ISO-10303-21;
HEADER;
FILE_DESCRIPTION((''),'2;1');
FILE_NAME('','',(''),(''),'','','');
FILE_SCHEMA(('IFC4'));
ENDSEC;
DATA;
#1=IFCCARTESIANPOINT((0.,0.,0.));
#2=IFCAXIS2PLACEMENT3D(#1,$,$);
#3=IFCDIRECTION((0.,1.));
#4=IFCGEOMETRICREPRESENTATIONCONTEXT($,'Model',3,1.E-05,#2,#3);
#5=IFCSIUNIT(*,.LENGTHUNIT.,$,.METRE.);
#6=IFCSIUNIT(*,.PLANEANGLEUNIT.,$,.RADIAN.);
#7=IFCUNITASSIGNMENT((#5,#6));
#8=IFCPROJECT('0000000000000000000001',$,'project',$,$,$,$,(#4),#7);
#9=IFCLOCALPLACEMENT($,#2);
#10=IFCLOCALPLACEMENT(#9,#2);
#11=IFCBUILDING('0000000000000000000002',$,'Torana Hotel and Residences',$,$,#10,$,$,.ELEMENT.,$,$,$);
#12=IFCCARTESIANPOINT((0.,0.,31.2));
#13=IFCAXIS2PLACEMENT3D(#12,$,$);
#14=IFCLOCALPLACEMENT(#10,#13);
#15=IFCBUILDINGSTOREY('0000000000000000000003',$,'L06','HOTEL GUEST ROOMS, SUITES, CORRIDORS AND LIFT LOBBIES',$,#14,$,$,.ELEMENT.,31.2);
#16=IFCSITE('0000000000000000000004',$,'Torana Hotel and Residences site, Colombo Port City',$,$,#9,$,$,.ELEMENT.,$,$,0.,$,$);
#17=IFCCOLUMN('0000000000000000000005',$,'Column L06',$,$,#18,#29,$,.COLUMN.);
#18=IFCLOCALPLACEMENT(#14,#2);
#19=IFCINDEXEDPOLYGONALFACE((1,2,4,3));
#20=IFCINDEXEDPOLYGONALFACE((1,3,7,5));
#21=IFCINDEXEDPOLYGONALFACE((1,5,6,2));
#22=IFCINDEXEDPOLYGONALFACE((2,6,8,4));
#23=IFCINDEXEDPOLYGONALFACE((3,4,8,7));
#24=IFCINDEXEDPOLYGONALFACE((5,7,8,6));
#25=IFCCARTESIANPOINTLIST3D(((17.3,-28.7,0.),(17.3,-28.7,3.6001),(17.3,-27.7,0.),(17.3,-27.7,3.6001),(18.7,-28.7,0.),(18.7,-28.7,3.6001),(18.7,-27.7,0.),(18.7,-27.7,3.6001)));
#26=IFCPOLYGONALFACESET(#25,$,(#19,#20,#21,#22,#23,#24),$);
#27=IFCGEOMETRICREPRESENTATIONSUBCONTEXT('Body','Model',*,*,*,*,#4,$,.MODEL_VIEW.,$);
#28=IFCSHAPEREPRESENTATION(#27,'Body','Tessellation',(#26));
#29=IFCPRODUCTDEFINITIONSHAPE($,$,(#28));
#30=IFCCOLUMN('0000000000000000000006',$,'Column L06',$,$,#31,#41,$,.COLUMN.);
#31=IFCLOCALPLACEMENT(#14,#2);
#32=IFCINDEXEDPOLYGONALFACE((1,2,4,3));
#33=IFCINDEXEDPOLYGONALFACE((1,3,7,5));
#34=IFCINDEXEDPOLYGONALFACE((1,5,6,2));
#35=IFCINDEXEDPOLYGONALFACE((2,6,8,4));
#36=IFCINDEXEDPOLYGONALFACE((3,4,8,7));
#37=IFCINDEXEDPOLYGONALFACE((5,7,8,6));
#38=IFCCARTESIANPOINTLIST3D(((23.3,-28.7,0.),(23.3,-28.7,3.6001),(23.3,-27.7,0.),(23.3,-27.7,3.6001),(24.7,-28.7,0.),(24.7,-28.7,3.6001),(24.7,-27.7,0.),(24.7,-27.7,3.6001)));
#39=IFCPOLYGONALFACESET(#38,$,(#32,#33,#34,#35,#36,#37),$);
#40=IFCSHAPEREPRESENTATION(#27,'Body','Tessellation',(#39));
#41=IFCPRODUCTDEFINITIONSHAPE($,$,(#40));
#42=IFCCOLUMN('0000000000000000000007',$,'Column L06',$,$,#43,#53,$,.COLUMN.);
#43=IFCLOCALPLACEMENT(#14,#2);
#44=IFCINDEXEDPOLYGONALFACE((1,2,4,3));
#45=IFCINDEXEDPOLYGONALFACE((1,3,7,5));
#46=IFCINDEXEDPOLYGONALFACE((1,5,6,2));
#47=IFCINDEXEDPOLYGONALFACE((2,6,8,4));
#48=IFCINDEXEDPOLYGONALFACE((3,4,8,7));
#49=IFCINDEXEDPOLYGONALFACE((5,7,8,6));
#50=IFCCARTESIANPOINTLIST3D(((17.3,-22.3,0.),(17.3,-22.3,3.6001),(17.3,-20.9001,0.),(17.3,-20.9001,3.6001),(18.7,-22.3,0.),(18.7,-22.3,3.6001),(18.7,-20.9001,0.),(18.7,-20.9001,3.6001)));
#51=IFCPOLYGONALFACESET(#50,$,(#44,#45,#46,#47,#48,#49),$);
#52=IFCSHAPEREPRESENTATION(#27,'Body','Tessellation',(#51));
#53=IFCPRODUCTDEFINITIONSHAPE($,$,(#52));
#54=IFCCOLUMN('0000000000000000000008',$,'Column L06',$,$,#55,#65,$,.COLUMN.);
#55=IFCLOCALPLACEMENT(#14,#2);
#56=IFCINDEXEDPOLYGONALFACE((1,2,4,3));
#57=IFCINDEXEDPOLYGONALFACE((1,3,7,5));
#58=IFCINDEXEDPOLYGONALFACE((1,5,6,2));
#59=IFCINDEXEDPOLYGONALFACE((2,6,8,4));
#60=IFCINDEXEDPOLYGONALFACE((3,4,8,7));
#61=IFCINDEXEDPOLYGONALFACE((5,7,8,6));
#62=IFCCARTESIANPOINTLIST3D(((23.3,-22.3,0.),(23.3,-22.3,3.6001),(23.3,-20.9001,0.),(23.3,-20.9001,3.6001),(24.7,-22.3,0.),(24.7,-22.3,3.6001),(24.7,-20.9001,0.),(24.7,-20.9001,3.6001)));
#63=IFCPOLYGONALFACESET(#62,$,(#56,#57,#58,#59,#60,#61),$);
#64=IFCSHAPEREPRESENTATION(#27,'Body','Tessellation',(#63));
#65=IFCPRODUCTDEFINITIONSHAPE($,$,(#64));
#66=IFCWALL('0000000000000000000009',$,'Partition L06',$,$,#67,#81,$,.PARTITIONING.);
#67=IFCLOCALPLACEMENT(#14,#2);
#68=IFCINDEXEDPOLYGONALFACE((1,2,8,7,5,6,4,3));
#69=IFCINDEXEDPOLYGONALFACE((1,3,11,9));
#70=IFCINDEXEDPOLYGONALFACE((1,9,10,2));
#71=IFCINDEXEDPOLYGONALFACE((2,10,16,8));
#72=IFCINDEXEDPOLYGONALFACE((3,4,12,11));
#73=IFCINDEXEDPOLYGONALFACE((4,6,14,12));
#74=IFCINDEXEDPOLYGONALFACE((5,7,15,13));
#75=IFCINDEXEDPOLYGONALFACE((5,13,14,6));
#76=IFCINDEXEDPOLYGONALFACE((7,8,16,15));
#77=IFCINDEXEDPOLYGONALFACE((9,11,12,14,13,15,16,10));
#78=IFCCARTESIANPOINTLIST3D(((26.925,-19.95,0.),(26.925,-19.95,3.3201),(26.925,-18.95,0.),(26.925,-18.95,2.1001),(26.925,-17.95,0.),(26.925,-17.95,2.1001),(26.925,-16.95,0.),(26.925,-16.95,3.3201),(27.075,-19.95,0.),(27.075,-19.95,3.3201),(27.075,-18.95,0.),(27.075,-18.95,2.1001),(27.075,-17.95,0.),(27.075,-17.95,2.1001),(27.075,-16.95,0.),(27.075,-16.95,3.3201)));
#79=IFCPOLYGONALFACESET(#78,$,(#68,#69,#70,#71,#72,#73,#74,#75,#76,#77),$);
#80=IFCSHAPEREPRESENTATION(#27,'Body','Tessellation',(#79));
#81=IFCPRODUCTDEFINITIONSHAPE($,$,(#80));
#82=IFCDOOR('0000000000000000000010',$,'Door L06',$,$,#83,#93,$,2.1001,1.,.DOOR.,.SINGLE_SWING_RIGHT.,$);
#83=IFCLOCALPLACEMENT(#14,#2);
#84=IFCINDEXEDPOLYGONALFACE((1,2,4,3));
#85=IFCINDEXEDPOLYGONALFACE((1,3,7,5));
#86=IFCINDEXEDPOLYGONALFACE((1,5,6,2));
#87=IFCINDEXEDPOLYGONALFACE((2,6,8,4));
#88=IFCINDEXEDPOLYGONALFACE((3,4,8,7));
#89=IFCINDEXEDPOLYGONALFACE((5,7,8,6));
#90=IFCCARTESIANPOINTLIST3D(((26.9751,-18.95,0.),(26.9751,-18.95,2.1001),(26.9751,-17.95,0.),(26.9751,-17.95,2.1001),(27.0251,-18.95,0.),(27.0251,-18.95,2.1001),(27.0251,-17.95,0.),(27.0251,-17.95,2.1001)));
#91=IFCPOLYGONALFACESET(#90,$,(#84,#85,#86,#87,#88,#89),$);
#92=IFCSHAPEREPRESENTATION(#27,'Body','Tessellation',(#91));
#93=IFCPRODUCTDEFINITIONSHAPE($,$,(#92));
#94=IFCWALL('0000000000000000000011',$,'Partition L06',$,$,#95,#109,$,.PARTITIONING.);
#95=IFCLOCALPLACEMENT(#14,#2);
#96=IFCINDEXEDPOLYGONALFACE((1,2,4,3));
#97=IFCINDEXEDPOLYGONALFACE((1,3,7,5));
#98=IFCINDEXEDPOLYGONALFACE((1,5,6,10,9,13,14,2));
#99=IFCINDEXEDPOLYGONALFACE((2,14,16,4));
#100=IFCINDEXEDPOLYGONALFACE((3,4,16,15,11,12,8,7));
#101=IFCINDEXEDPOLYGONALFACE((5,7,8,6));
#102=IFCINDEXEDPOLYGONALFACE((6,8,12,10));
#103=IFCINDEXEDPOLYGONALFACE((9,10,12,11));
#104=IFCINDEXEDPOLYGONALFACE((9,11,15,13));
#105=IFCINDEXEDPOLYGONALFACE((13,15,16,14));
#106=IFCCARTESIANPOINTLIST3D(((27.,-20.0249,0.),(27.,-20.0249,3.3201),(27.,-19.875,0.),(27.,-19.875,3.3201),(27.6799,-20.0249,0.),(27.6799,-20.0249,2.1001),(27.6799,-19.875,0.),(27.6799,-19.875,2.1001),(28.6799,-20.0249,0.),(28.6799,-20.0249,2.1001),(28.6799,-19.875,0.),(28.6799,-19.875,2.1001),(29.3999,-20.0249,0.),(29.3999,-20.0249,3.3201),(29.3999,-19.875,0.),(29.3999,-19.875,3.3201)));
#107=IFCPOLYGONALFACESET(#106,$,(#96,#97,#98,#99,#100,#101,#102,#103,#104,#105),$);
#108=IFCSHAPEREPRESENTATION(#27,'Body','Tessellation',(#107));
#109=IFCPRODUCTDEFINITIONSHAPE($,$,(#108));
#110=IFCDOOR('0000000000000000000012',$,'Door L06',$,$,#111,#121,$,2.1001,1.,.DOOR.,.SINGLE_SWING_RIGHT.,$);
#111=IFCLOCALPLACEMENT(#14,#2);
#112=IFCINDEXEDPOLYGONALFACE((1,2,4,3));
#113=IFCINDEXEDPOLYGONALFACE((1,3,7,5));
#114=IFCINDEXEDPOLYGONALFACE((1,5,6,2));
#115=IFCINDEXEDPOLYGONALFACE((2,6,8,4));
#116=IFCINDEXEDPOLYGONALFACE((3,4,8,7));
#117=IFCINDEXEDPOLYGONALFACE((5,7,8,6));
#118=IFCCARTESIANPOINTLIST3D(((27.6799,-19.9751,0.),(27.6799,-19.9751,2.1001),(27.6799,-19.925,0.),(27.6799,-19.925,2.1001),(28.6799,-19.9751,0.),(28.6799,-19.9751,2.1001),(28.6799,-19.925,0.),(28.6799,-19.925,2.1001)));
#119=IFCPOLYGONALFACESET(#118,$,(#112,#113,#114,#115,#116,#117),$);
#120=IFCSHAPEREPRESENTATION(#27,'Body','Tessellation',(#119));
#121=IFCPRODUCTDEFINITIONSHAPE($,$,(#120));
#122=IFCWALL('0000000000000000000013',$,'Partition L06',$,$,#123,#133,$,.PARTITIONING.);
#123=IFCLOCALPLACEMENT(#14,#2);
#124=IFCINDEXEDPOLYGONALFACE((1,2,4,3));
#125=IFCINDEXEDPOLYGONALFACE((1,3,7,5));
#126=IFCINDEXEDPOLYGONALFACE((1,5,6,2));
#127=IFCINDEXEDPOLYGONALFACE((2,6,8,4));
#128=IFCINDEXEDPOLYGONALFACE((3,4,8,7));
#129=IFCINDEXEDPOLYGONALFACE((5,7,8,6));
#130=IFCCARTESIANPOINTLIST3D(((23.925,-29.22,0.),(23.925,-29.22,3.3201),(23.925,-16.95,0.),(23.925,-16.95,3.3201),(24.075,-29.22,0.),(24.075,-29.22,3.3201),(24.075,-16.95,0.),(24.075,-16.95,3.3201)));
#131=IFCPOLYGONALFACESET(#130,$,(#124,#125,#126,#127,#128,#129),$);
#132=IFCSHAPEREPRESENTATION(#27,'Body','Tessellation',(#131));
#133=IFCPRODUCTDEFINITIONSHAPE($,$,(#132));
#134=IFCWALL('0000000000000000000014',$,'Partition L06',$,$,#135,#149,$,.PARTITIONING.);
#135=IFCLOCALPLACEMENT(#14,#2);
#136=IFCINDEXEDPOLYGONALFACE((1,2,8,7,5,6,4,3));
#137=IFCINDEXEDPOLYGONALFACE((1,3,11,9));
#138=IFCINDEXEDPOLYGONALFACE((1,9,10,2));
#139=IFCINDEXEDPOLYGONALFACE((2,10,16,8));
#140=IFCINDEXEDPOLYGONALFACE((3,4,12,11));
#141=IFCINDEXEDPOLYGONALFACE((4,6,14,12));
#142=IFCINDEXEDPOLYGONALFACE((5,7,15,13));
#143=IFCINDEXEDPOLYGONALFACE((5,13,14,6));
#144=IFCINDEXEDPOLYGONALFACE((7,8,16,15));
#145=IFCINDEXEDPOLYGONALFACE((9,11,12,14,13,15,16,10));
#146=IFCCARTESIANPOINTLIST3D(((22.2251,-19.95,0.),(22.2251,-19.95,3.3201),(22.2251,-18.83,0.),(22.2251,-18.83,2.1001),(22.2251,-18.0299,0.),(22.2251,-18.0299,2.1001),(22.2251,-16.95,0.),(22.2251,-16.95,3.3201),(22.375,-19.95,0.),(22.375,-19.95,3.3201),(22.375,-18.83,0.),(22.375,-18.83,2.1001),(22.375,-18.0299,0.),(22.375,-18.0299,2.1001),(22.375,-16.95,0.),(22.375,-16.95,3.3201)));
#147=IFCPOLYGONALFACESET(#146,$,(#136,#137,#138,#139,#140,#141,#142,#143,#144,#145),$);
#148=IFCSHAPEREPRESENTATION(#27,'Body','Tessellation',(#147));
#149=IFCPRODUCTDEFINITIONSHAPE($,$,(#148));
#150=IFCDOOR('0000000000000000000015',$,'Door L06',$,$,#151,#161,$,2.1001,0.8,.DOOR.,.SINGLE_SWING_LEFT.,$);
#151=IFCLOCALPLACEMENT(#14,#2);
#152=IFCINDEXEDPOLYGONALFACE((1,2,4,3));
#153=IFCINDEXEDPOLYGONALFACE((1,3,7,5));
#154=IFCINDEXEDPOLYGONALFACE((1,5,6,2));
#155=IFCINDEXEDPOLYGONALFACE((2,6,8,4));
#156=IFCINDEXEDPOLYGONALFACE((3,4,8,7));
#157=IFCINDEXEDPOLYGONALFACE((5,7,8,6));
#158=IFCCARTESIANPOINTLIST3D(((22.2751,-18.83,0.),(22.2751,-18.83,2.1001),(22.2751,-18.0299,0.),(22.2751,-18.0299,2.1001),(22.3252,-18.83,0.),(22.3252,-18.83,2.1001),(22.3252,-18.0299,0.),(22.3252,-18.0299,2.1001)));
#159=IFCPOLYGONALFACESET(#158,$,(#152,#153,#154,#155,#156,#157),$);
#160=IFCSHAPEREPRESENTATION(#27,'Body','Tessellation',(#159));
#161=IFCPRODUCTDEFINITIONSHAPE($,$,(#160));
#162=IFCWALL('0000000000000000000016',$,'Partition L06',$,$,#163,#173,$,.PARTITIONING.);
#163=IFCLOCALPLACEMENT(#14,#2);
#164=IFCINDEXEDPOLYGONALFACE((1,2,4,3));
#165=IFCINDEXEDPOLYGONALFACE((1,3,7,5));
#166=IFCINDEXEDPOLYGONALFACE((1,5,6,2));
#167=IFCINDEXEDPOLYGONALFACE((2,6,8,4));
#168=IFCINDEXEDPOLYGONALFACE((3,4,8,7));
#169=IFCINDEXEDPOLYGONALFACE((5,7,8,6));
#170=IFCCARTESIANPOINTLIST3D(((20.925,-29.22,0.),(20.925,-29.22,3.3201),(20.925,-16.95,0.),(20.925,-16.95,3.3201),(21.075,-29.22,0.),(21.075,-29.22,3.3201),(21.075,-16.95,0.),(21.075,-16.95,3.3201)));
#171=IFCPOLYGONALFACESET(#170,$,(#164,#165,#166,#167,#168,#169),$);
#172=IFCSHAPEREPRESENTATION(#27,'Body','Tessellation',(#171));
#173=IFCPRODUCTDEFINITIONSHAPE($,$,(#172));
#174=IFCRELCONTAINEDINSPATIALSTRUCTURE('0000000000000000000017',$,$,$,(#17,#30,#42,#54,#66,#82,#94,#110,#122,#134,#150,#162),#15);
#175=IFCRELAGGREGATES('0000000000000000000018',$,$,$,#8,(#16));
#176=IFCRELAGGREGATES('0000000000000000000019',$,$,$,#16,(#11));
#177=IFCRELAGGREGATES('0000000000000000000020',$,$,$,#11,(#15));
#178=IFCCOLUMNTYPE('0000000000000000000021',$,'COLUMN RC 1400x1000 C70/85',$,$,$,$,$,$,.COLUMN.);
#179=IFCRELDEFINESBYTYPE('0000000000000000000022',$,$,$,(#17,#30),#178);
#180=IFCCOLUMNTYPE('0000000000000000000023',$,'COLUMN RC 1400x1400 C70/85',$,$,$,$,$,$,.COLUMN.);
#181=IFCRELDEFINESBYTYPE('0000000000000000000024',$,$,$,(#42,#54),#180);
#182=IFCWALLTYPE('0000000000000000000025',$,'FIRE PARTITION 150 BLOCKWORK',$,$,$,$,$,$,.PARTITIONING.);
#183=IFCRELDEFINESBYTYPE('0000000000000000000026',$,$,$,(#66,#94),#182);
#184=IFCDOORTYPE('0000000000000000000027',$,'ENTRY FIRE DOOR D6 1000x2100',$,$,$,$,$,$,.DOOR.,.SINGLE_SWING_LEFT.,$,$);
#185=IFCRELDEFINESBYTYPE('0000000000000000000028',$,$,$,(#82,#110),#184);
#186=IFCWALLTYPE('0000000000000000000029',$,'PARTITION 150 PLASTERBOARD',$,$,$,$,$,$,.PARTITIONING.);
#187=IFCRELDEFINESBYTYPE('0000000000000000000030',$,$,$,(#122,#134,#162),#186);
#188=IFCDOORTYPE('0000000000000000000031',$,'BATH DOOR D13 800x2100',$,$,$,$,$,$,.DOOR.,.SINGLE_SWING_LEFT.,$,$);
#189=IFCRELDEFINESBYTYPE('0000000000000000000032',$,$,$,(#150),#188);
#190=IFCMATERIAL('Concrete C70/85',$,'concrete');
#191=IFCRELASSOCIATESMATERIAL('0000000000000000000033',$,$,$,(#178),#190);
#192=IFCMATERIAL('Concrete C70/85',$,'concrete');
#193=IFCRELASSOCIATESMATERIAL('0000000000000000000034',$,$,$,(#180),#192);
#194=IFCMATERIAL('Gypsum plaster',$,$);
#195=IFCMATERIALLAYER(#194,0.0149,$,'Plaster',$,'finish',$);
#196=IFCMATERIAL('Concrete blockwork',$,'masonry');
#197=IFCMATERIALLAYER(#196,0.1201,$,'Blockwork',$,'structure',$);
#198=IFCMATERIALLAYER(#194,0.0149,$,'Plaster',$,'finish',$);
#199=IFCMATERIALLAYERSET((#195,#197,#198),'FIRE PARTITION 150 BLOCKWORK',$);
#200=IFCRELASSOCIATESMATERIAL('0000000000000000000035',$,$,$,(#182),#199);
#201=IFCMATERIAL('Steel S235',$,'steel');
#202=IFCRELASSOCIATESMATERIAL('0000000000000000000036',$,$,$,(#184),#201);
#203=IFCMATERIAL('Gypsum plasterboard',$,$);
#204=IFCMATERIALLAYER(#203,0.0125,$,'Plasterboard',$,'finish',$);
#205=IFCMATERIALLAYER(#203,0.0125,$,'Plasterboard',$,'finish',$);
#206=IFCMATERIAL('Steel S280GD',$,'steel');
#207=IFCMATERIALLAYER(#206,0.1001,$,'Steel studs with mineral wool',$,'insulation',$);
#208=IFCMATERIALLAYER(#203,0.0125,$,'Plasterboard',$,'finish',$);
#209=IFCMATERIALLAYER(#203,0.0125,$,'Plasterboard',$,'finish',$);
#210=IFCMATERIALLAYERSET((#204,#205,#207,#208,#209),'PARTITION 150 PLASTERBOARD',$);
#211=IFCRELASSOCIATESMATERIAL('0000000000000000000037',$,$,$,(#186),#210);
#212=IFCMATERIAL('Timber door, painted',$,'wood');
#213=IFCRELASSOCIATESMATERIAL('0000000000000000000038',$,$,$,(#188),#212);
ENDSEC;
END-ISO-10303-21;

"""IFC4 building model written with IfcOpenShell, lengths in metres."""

from ifc_helpers import new_model, si_unit, direction, frame, frame_2d, origin, origin_2d, place, context, subcontext, project, spatial, rectangle, extrude, material, layer, layer_set, material_profile, profile_set, type_object, element, fill, save


model = new_model("IFC4")

# Units and contexts
model_context = context("Model", 3, precision=1e-05, world=origin(), true_north=direction((0.0, 1.0)))
body_context = subcontext(model_context, "Body", "Model", "MODEL_VIEW")
ifc_project = project(units=[si_unit("LENGTHUNIT", "METRE"), si_unit("PLANEANGLEUNIT", "RADIAN")], contexts=[model_context])

# Site, building, storey
site_placement = place(None, origin())
site = spatial("IfcSite", under=ifc_project, at=site_placement, Name="Torana Hotel and Residences site, Colombo Port City", CompositionType="ELEMENT", RefElevation=0.0)
building_placement = place(site_placement, origin())
building = spatial("IfcBuilding", under=site, at=building_placement, Name="Torana Hotel and Residences", CompositionType="ELEMENT")
storey_placement = place(building_placement, frame((0.0, 0.0, 31.2)))
storey = spatial("IfcBuildingStorey", under=building, at=storey_placement, Name="L06", Description="HOTEL GUEST ROOMS, SUITES, CORRIDORS AND LIFT LOBBIES", CompositionType="ELEMENT", Elevation=31.2)

# Columns
ifc_material_1 = material(Name="Concrete C70/85", Category="concrete")
ifc_material_profile_1 = material_profile(ifc_material_1, rectangle(XDim=1.3999, YDim=1.0, at=origin_2d()), Name="RC 1400x1000")
ifc_profile_set_1 = profile_set([ifc_material_profile_1], Name="Concrete C70/85")
column_type_1 = type_object("IfcColumnType", Name="COLUMN RC 1400x1000 C70/85", PredefinedType="COLUMN", material=ifc_profile_set_1)
for number, where, z_axis, x_axis, name in (
    (1, (18.0, -28.2, 0.0), (0.0, 0.0, 1.0), (1.0, 0.0, 0.0), "Column L06"),
    (2, (24.0, -28.2, 0.0), (0.0, 0.0, 1.0), (1.0, 0.0, 0.0), "Column L06"),
):
    element("IfcColumn", number, at=place(storey_placement, frame(where, z_axis=z_axis, x_axis=x_axis)), inside=storey, type_object=column_type_1, Name=name, PredefinedType="COLUMN", context=body_context, shape_type="SweptSolid", body=[
        extrude(rectangle(XDim=1.3999, YDim=1.0, at=origin_2d()), origin(), (0.0, 0.0, 1.0), 3.6001),
    ])
ifc_material_2 = material(Name="Concrete C70/85", Category="concrete")
ifc_material_profile_2 = material_profile(ifc_material_2, rectangle(XDim=1.3999, YDim=1.3999, at=origin_2d()), Name="RC 1400x1400")
ifc_profile_set_2 = profile_set([ifc_material_profile_2], Name="Concrete C70/85")
column_type_2 = type_object("IfcColumnType", Name="COLUMN RC 1400x1400 C70/85", PredefinedType="COLUMN", material=ifc_profile_set_2)
for number, where, z_axis, x_axis, name in (
    (3, (18.0, -21.6001, 0.0), (0.0, 0.0, 1.0), (1.0, 0.0, 0.0), "Column L06"),
    (4, (24.0, -21.6001, 0.0), (0.0, 0.0, 1.0), (1.0, 0.0, 0.0), "Column L06"),
):
    element("IfcColumn", number, at=place(storey_placement, frame(where, z_axis=z_axis, x_axis=x_axis)), inside=storey, type_object=column_type_2, Name=name, PredefinedType="COLUMN", context=body_context, shape_type="SweptSolid", body=[
        extrude(rectangle(XDim=1.3999, YDim=1.3999, at=origin_2d()), origin(), (0.0, 0.0, 1.0), 3.6001),
    ])

# Walls, openings, doors
ifc_material_3 = material(Name="Gypsum plaster")
ifc_layer_1 = layer(ifc_material_3, 0.0149, Name="Plaster", Category="finish")
ifc_material_4 = material(Name="Concrete blockwork", Category="masonry")
ifc_layer_2 = layer(ifc_material_4, 0.1201, Name="Blockwork", Category="structure")
ifc_layer_3 = layer(ifc_material_3, 0.0149, Name="Plaster", Category="finish")
ifc_layer_set_1 = layer_set([ifc_layer_1, ifc_layer_2, ifc_layer_3], Name="FIRE PARTITION 150 BLOCKWORK")
wall_type_1 = type_object("IfcWallType", Name="FIRE PARTITION 150 BLOCKWORK", PredefinedType="PARTITIONING", material=ifc_layer_set_1)
wall_1_placement = place(storey_placement, frame((27.0, -19.95, 0.0), z_axis=(0.0, 0.0, 1.0), x_axis=(0.0, 1.0, 0.0)))
wall_1 = element("IfcWall", 5, at=wall_1_placement, inside=storey, type_object=wall_type_1, Name="Partition L06", PredefinedType="PARTITIONING", context=body_context, shape_type="SweptSolid", body=[
    extrude(rectangle(XDim=3.0, YDim=0.1499, at=frame_2d((1.5, 0.0))), origin(), (0.0, 0.0, 1.0), 3.3201),
])
opening_1_placement = place(wall_1_placement, frame((1.0, 0.0, 0.0)))
opening_1 = element("IfcOpeningElement", 6, at=opening_1_placement, cuts=wall_1, PredefinedType="OPENING", context=body_context, shape_type="SweptSolid", body=[
    extrude(rectangle(XDim=1.0, YDim=2.1001, at=frame_2d((0.5, 1.05))), frame((0.0, 0.085, 0.0), z_axis=(0.0, -1.0, 0.0), x_axis=(1.0, 0.0, 0.0)), (0.0, 0.0, 1.0), 0.1699),
])
ifc_material_5 = material(Name="Steel S235", Category="steel")
door_type_1 = type_object("IfcDoorType", Name="ENTRY FIRE DOOR D6 1000x2100", OperationType="SINGLE_SWING_LEFT", PredefinedType="DOOR", material=ifc_material_5)
door_1_placement = place(opening_1_placement, origin())
door_1 = element("IfcDoor", 7, at=door_1_placement, inside=storey, type_object=door_type_1, Name="Door L06", OperationType="SINGLE_SWING_RIGHT", OverallHeight=2.1001, OverallWidth=1.0, PredefinedType="DOOR", context=body_context, shape_type="SweptSolid", body=[
    extrude(rectangle(XDim=1.0, YDim=2.1001, at=frame_2d((0.5, 1.05))), frame((0.0, 0.0249, 0.0), z_axis=(0.0, -1.0, 0.0), x_axis=(1.0, 0.0, 0.0)), (0.0, 0.0, 1.0), 0.05),
])
fill(opening_1, door_1)
wall_2_placement = place(storey_placement, frame((27.0, -19.95, 0.0), z_axis=(0.0, 0.0, 1.0), x_axis=(1.0, 0.0, 0.0)))
wall_2 = element("IfcWall", 8, at=wall_2_placement, inside=storey, type_object=wall_type_1, Name="Partition L06", PredefinedType="PARTITIONING", context=body_context, shape_type="SweptSolid", body=[
    extrude(rectangle(XDim=2.3999, YDim=0.1499, at=frame_2d((1.2, 0.0))), origin(), (0.0, 0.0, 1.0), 3.3201),
])
opening_2_placement = place(wall_2_placement, frame((0.6799, 0.0, 0.0)))
opening_2 = element("IfcOpeningElement", 9, at=opening_2_placement, cuts=wall_2, PredefinedType="OPENING", context=body_context, shape_type="SweptSolid", body=[
    extrude(rectangle(XDim=1.0, YDim=2.1001, at=frame_2d((0.5, 1.05))), frame((0.0, 0.085, 0.0), z_axis=(0.0, -1.0, 0.0), x_axis=(1.0, 0.0, 0.0)), (0.0, 0.0, 1.0), 0.1699),
])
door_2_placement = place(opening_2_placement, frame((0.5, 0.0, 0.0), z_axis=(0.0, 0.0, 1.0), x_axis=(-1.0, 0.0, 0.0)))
door_2 = element("IfcDoor", 10, at=door_2_placement, inside=storey, type_object=door_type_1, Name="Door L06", OperationType="SINGLE_SWING_RIGHT", OverallHeight=2.1001, OverallWidth=1.0, PredefinedType="DOOR", context=body_context, shape_type="SweptSolid", body=[
    extrude(rectangle(XDim=1.0, YDim=2.1001, at=frame_2d((0.0, 1.05))), frame((0.0, -0.0249, 0.0), z_axis=(0.0, 1.0, 0.0), x_axis=(-1.0, 0.0, 0.0)), (0.0, 0.0, 1.0), 0.05),
])
fill(opening_2, door_2)

# Wall
ifc_material_6 = material(Name="Gypsum plasterboard")
ifc_layer_4 = layer(ifc_material_6, 0.0125, Name="Plasterboard", Category="finish")
ifc_layer_5 = layer(ifc_material_6, 0.0125, Name="Plasterboard", Category="finish")
ifc_material_7 = material(Name="Steel S280GD", Category="steel")
ifc_layer_6 = layer(ifc_material_7, 0.1001, Name="Steel studs with mineral wool", Category="insulation")
ifc_layer_7 = layer(ifc_material_6, 0.0125, Name="Plasterboard", Category="finish")
ifc_layer_8 = layer(ifc_material_6, 0.0125, Name="Plasterboard", Category="finish")
ifc_layer_set_2 = layer_set([ifc_layer_4, ifc_layer_5, ifc_layer_6, ifc_layer_7, ifc_layer_8], Name="PARTITION 150 PLASTERBOARD")
wall_type_2 = type_object("IfcWallType", Name="PARTITION 150 PLASTERBOARD", PredefinedType="PARTITIONING", material=ifc_layer_set_2)
wall_3_placement = place(storey_placement, frame((24.0, -29.22, 0.0), z_axis=(0.0, 0.0, 1.0), x_axis=(0.0, 1.0, 0.0)))
element("IfcWall", 11, at=wall_3_placement, inside=storey, type_object=wall_type_2, Name="Partition L06", PredefinedType="PARTITIONING", context=body_context, shape_type="SweptSolid", body=[
    extrude(rectangle(XDim=12.27, YDim=0.1499, at=frame_2d((6.135, 0.0))), origin(), (0.0, 0.0, 1.0), 3.3201),
])

# Wall, opening, door
wall_4_placement = place(storey_placement, frame((22.3, -19.95, 0.0), z_axis=(0.0, 0.0, 1.0), x_axis=(0.0, 1.0, 0.0)))
wall_4 = element("IfcWall", 12, at=wall_4_placement, inside=storey, type_object=wall_type_2, Name="Partition L06", PredefinedType="PARTITIONING", context=body_context, shape_type="SweptSolid", body=[
    extrude(rectangle(XDim=3.0, YDim=0.1499, at=frame_2d((1.5, 0.0))), origin(), (0.0, 0.0, 1.0), 3.3201),
])
opening_3_placement = place(wall_4_placement, frame((1.1201, 0.0, 0.0)))
opening_3 = element("IfcOpeningElement", 13, at=opening_3_placement, cuts=wall_4, PredefinedType="OPENING", context=body_context, shape_type="SweptSolid", body=[
    extrude(rectangle(XDim=0.8, YDim=2.1001, at=frame_2d((0.3999, 1.05))), frame((0.0, 0.085, 0.0), z_axis=(0.0, -1.0, 0.0), x_axis=(1.0, 0.0, 0.0)), (0.0, 0.0, 1.0), 0.1699),
])
ifc_material_8 = material(Name="Timber door, painted", Category="wood")
door_type_2 = type_object("IfcDoorType", Name="BATH DOOR D13 800x2100", OperationType="SINGLE_SWING_LEFT", PredefinedType="DOOR", material=ifc_material_8)
door_3_placement = place(opening_3_placement, origin())
door_3 = element("IfcDoor", 14, at=door_3_placement, inside=storey, type_object=door_type_2, Name="Door L06", OperationType="SINGLE_SWING_LEFT", OverallHeight=2.1001, OverallWidth=0.8, PredefinedType="DOOR", context=body_context, shape_type="SweptSolid", body=[
    extrude(rectangle(XDim=0.8, YDim=2.1001, at=frame_2d((0.3999, 1.05))), frame((0.0, 0.0249, 0.0), z_axis=(0.0, -1.0, 0.0), x_axis=(1.0, 0.0, 0.0)), (0.0, 0.0, 1.0), 0.05),
])
fill(opening_3, door_3)

# Wall
wall_5_placement = place(storey_placement, frame((21.0, -29.22, 0.0), z_axis=(0.0, 0.0, 1.0), x_axis=(0.0, 1.0, 0.0)))
element("IfcWall", 15, at=wall_5_placement, inside=storey, type_object=wall_type_2, Name="Partition L06", PredefinedType="PARTITIONING", context=body_context, shape_type="SweptSolid", body=[
    extrude(rectangle(XDim=12.27, YDim=0.1499, at=frame_2d((6.135, 0.0))), origin(), (0.0, 0.0, 1.0), 3.3201),
])

save(model, "model.ifc")
